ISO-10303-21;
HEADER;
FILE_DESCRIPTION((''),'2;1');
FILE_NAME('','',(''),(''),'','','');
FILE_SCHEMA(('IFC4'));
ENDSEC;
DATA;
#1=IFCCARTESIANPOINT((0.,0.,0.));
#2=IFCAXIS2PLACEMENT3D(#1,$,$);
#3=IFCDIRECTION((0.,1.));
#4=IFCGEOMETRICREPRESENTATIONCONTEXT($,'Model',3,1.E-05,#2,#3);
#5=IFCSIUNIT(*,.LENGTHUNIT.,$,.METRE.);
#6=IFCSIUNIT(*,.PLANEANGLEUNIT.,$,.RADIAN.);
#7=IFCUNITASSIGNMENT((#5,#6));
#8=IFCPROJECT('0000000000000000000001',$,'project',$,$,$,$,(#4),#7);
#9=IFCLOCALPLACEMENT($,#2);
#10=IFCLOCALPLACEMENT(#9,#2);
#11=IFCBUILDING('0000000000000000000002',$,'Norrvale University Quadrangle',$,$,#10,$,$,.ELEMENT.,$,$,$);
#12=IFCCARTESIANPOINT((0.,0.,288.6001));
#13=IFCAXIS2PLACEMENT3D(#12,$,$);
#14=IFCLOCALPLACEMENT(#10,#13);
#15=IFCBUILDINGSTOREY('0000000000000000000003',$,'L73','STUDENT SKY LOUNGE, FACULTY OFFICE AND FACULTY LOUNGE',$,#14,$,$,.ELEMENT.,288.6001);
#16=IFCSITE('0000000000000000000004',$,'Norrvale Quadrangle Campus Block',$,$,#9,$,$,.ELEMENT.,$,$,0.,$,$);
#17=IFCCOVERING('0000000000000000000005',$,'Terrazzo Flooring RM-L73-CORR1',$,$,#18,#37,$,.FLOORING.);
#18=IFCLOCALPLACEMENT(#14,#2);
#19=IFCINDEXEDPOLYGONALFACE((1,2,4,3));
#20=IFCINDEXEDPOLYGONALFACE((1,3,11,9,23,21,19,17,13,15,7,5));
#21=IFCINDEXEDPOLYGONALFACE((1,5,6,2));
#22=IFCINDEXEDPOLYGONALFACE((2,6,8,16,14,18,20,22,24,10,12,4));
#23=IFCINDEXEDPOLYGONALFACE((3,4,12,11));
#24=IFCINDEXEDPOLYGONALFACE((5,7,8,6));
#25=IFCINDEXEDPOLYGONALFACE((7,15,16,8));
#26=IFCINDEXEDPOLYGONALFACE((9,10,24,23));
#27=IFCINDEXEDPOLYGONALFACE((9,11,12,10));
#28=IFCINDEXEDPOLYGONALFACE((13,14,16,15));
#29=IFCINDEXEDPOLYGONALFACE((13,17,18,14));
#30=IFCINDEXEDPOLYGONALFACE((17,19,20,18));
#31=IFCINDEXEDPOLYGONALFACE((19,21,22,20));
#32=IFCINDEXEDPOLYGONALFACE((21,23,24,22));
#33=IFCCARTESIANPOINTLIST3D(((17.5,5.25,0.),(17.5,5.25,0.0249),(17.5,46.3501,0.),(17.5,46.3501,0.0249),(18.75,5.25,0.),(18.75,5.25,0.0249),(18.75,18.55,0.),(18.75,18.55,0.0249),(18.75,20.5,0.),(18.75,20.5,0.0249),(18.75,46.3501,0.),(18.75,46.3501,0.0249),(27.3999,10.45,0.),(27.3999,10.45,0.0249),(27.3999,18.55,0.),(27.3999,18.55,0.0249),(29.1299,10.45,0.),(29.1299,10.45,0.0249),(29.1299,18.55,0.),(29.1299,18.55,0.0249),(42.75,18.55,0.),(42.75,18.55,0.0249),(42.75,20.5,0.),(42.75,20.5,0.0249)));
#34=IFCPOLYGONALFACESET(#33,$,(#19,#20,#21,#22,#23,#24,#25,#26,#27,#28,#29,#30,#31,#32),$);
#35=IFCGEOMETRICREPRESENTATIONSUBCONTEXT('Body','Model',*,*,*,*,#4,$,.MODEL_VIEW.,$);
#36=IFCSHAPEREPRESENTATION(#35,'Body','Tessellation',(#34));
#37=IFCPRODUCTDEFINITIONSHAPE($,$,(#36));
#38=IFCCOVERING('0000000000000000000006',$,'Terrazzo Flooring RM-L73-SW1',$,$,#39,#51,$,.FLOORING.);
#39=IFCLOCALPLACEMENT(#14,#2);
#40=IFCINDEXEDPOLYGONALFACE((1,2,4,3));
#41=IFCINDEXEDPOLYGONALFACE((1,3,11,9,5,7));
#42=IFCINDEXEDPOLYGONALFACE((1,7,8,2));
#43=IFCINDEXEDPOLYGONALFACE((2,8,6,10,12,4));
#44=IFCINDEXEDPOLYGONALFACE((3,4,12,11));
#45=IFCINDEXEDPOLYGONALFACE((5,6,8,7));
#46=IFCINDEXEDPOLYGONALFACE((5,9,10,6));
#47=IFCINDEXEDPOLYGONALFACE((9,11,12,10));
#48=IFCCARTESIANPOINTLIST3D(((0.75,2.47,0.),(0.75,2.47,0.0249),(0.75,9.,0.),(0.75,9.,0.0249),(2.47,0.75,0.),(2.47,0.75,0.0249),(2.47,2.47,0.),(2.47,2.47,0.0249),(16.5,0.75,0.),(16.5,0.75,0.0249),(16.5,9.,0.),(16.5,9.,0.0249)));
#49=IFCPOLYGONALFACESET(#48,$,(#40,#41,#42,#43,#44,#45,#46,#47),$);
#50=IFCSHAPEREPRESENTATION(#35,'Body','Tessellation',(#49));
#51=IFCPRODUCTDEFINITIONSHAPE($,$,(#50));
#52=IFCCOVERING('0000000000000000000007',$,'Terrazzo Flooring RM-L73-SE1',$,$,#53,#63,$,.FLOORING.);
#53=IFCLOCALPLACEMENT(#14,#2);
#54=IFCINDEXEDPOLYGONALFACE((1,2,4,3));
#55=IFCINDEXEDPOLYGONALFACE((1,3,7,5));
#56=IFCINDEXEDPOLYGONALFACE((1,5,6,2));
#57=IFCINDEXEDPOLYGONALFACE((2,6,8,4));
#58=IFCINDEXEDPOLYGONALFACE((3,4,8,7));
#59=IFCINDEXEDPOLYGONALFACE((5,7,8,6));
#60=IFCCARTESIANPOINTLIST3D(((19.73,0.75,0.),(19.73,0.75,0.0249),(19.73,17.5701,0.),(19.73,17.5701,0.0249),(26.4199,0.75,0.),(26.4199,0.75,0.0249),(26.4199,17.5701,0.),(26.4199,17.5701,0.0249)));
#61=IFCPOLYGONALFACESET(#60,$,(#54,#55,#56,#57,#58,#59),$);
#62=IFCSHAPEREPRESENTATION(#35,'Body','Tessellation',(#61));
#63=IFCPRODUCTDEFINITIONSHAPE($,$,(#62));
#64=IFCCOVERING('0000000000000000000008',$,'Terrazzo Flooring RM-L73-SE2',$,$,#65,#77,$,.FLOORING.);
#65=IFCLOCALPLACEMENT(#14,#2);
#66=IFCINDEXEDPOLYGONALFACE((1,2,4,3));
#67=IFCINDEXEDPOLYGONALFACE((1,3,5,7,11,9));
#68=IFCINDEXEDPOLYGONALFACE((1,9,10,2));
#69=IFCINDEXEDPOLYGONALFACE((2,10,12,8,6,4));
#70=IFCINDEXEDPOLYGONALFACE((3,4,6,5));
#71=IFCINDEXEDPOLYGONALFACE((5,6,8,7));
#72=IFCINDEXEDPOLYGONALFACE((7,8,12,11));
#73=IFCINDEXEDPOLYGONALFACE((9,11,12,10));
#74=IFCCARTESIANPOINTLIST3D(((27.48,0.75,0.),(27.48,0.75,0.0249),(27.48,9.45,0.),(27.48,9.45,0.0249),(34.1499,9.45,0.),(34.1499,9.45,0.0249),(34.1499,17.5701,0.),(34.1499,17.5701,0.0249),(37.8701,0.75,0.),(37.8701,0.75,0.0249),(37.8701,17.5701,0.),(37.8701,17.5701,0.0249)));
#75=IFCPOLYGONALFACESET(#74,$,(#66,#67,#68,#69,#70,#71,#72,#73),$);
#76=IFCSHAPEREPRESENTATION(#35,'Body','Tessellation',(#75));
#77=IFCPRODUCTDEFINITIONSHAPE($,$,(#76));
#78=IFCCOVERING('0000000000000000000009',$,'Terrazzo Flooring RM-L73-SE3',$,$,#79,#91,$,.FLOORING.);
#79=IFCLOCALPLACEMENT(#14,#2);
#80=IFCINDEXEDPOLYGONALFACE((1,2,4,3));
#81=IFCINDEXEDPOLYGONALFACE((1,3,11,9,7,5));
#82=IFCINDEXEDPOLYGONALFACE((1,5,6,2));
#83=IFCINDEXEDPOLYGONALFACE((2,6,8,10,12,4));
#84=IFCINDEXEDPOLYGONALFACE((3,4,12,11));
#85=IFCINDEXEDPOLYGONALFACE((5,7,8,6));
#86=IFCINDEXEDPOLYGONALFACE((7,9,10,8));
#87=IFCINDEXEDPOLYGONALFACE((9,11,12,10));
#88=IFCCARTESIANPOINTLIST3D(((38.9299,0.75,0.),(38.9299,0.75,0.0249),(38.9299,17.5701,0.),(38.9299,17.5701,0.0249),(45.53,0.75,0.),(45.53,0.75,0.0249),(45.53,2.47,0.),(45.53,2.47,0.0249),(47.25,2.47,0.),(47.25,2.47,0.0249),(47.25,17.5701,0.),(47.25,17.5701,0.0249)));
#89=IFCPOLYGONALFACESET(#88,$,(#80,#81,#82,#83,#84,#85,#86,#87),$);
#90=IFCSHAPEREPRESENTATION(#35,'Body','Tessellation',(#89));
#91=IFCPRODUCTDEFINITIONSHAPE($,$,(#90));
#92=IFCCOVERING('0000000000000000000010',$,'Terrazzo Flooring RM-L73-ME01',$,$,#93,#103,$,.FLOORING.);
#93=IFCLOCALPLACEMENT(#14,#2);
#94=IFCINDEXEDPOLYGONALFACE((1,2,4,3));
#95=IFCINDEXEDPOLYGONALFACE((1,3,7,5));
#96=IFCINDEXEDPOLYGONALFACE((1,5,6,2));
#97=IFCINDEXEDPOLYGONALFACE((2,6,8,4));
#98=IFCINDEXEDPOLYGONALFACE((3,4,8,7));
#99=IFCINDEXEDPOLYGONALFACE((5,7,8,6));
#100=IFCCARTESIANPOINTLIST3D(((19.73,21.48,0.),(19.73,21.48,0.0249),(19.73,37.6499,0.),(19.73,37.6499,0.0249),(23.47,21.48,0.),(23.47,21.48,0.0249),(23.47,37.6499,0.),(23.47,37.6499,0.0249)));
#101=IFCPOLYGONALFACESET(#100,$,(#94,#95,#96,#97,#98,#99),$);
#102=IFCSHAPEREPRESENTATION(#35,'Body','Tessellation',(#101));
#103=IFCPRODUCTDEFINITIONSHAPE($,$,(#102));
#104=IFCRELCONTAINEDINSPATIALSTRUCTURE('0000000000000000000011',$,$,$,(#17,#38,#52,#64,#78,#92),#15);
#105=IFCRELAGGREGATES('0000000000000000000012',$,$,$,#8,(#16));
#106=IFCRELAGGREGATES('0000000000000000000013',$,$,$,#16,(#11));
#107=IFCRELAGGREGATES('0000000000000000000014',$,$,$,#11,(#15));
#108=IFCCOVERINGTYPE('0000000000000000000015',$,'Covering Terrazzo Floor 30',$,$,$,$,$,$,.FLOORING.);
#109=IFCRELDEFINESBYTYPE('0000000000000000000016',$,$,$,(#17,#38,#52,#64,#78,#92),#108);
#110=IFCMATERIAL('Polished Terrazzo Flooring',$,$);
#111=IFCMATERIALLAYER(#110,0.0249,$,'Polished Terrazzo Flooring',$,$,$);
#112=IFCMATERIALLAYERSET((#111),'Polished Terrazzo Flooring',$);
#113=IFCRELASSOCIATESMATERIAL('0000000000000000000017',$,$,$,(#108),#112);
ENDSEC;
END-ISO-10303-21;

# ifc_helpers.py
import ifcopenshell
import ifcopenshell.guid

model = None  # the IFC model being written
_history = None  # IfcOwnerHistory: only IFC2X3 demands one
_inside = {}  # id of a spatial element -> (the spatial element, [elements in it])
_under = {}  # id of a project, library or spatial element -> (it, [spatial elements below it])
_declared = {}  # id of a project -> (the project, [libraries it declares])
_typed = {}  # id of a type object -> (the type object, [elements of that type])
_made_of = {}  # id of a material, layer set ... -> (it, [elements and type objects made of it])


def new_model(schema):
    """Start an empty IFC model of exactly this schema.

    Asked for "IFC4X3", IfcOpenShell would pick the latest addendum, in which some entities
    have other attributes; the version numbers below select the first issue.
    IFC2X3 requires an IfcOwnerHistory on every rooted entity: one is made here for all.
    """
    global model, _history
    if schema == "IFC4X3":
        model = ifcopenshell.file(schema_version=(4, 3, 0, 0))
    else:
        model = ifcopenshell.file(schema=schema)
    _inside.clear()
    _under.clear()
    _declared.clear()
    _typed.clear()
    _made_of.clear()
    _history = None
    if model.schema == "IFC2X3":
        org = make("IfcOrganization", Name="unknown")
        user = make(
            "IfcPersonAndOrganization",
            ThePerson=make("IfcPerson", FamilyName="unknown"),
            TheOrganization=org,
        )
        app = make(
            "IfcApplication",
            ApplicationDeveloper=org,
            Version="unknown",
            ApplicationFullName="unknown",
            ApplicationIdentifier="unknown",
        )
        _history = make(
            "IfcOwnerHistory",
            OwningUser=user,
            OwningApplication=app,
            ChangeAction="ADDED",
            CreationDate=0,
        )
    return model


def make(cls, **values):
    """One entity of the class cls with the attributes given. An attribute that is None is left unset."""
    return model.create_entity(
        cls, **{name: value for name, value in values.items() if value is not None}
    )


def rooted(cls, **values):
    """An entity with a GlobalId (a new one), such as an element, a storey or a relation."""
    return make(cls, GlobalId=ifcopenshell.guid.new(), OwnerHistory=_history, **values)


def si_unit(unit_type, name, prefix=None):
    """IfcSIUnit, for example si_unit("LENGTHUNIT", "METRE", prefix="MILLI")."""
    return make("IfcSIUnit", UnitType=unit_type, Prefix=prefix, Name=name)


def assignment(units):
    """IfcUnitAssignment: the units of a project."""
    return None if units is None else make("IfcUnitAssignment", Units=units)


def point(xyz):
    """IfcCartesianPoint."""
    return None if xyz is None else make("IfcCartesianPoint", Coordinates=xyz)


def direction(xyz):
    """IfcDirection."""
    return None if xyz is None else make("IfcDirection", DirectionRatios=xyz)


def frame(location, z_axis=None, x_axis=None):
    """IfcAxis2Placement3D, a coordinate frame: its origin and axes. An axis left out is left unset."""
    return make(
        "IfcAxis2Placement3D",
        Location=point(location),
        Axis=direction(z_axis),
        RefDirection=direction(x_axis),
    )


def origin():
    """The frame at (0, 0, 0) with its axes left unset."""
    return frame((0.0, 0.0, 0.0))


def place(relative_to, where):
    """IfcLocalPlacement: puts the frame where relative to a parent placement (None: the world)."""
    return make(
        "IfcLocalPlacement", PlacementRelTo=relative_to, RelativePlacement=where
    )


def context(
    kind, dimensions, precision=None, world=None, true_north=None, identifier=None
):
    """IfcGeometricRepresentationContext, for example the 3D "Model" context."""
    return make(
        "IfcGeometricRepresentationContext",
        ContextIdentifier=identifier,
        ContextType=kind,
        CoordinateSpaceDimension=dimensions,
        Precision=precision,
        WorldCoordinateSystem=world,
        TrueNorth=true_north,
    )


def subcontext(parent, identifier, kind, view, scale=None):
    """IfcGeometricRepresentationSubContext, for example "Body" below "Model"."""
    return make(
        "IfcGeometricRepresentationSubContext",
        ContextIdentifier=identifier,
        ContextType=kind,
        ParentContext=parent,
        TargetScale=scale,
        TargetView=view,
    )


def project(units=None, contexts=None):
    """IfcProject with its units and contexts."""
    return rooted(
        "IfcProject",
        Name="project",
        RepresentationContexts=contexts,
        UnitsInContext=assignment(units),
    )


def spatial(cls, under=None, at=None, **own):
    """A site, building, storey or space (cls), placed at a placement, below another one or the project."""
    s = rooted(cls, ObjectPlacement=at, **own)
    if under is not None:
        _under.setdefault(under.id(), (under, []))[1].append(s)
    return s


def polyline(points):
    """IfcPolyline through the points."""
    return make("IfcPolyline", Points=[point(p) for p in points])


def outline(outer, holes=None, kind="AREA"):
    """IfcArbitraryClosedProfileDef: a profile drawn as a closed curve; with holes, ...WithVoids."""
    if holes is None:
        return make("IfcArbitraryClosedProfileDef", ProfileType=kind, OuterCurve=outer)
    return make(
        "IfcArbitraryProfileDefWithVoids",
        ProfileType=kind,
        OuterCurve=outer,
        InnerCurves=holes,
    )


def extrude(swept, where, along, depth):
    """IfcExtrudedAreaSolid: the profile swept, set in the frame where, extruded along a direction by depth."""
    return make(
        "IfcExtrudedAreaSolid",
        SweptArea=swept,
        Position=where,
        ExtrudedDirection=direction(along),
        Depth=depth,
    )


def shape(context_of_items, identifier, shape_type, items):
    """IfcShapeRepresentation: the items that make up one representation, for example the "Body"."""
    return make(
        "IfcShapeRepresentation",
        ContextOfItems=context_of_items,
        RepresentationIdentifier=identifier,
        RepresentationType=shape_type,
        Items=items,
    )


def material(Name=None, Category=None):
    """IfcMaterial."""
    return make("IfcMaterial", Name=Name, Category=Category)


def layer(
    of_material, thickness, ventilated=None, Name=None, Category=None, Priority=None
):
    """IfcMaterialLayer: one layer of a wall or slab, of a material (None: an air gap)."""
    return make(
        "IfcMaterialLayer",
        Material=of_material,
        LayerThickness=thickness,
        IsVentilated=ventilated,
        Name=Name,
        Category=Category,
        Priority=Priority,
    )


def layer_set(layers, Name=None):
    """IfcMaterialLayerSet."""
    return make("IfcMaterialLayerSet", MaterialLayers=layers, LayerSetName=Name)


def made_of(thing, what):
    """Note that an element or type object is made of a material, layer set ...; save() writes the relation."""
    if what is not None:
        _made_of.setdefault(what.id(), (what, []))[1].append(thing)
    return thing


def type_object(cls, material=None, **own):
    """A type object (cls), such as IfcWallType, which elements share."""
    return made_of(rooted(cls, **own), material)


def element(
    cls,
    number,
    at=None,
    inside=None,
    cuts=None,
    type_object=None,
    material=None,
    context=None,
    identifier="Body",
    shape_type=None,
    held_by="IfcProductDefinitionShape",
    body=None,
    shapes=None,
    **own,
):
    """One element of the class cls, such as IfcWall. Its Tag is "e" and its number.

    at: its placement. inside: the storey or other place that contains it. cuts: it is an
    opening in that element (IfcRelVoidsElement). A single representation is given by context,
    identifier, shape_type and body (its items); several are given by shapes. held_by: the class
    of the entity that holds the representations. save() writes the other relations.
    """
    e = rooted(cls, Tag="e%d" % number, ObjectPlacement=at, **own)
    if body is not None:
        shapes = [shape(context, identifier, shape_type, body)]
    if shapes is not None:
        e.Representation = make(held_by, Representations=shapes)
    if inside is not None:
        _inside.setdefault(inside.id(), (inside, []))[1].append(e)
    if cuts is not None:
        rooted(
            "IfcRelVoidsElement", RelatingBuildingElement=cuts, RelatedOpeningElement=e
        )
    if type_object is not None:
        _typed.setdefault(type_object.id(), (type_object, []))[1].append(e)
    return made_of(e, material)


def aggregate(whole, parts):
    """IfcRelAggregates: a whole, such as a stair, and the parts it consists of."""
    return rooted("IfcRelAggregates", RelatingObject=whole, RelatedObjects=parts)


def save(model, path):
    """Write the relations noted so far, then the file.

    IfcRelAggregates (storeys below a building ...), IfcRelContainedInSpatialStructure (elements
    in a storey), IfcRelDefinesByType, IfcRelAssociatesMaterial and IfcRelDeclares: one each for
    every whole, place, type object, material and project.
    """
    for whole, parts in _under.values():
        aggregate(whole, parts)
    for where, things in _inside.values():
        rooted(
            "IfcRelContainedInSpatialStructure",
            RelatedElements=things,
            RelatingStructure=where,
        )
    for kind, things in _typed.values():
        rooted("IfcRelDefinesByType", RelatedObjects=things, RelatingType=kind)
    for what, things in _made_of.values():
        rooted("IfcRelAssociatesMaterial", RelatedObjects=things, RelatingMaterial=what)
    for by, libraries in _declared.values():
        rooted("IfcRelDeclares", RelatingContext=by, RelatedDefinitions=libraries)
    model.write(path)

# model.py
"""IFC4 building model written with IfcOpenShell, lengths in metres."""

from ifc_helpers import new_model, si_unit, direction, frame, origin, place, context, subcontext, project, spatial, polyline, outline, extrude, material, layer, layer_set, type_object, element, save


model = new_model("IFC4")

# Units and contexts
model_context = context("Model", 3, precision=1e-05, world=origin(), true_north=direction((0.0, 1.0)))
body_context = subcontext(model_context, "Body", "Model", "MODEL_VIEW")
ifc_project = project(units=[si_unit("LENGTHUNIT", "METRE"), si_unit("PLANEANGLEUNIT", "RADIAN")], contexts=[model_context])

# Site, building, storey
site_placement = place(None, origin())
site = spatial("IfcSite", under=ifc_project, at=site_placement, Name="Norrvale Quadrangle Campus Block", CompositionType="ELEMENT", RefElevation=0.0)
building_placement = place(site_placement, origin())
building = spatial("IfcBuilding", under=site, at=building_placement, Name="Norrvale University Quadrangle", CompositionType="ELEMENT")
storey_placement = place(building_placement, frame((0.0, 0.0, 288.6001)))
storey = spatial("IfcBuildingStorey", under=building, at=storey_placement, Name="L73", Description="STUDENT SKY LOUNGE, FACULTY OFFICE AND FACULTY LOUNGE", CompositionType="ELEMENT", Elevation=288.6001)

# Coverings
ifc_material_1 = material(Name="Polished Terrazzo Flooring")
ifc_layer_1 = layer(ifc_material_1, 0.0249, Name="Polished Terrazzo Flooring")
ifc_layer_set_1 = layer_set([ifc_layer_1], Name="Polished Terrazzo Flooring")
covering_type_1 = type_object("IfcCoveringType", Name="Covering Terrazzo Floor 30", PredefinedType="FLOORING", material=ifc_layer_set_1)
covering_1_placement = place(storey_placement, origin())
element("IfcCovering", 1, at=covering_1_placement, inside=storey, type_object=covering_type_1, Name="Terrazzo Flooring RM-L73-CORR1", PredefinedType="FLOORING", context=body_context, shape_type="SweptSolid", body=[
    extrude(outline(polyline([(17.5, 5.25), (17.5, 46.3501), (18.75, 46.3501), (18.75, 20.5), (42.75, 20.5), (42.75, 18.55), (29.1299, 18.55), (29.1299, 10.45), (27.3999, 10.45), (27.3999, 18.55), (18.75, 18.55), (18.75, 5.25), (17.5, 5.25)])), origin(), (0.0, 0.0, 1.0), 0.0249),
])
covering_2_placement = place(storey_placement, origin())
element("IfcCovering", 2, at=covering_2_placement, inside=storey, type_object=covering_type_1, Name="Terrazzo Flooring RM-L73-SW1", PredefinedType="FLOORING", context=body_context, shape_type="SweptSolid", body=[
    extrude(outline(polyline([(0.75, 9.0), (16.5, 9.0), (16.5, 0.75), (2.47, 0.75), (2.47, 2.47), (0.75, 2.47), (0.75, 9.0)])), origin(), (0.0, 0.0, 1.0), 0.0249),
])
covering_3_placement = place(storey_placement, origin())
element("IfcCovering", 3, at=covering_3_placement, inside=storey, type_object=covering_type_1, Name="Terrazzo Flooring RM-L73-SE1", PredefinedType="FLOORING", context=body_context, shape_type="SweptSolid", body=[
    extrude(outline(polyline([(19.73, 17.5701), (26.4199, 17.5701), (26.4199, 0.75), (19.73, 0.75), (19.73, 17.5701)])), origin(), (0.0, 0.0, 1.0), 0.0249),
])
covering_4_placement = place(storey_placement, origin())
element("IfcCovering", 4, at=covering_4_placement, inside=storey, type_object=covering_type_1, Name="Terrazzo Flooring RM-L73-SE2", PredefinedType="FLOORING", context=body_context, shape_type="SweptSolid", body=[
    extrude(outline(polyline([(27.48, 9.45), (34.1499, 9.45), (34.1499, 17.5701), (37.8701, 17.5701), (37.8701, 0.75), (27.48, 0.75), (27.48, 9.45)])), origin(), (0.0, 0.0, 1.0), 0.0249),
])
covering_5_placement = place(storey_placement, origin())
element("IfcCovering", 5, at=covering_5_placement, inside=storey, type_object=covering_type_1, Name="Terrazzo Flooring RM-L73-SE3", PredefinedType="FLOORING", context=body_context, shape_type="SweptSolid", body=[
    extrude(outline(polyline([(38.9299, 0.75), (38.9299, 17.5701), (47.25, 17.5701), (47.25, 2.47), (45.53, 2.47), (45.53, 0.75), (38.9299, 0.75)])), origin(), (0.0, 0.0, 1.0), 0.0249),
])
covering_6_placement = place(storey_placement, origin())
element("IfcCovering", 6, at=covering_6_placement, inside=storey, type_object=covering_type_1, Name="Terrazzo Flooring RM-L73-ME01", PredefinedType="FLOORING", context=body_context, shape_type="SweptSolid", body=[
    extrude(outline(polyline([(19.73, 37.6499), (23.47, 37.6499), (23.47, 21.48), (19.73, 21.48), (19.73, 37.6499)])), origin(), (0.0, 0.0, 1.0), 0.0249),
])

save(model, "model.ifc")
